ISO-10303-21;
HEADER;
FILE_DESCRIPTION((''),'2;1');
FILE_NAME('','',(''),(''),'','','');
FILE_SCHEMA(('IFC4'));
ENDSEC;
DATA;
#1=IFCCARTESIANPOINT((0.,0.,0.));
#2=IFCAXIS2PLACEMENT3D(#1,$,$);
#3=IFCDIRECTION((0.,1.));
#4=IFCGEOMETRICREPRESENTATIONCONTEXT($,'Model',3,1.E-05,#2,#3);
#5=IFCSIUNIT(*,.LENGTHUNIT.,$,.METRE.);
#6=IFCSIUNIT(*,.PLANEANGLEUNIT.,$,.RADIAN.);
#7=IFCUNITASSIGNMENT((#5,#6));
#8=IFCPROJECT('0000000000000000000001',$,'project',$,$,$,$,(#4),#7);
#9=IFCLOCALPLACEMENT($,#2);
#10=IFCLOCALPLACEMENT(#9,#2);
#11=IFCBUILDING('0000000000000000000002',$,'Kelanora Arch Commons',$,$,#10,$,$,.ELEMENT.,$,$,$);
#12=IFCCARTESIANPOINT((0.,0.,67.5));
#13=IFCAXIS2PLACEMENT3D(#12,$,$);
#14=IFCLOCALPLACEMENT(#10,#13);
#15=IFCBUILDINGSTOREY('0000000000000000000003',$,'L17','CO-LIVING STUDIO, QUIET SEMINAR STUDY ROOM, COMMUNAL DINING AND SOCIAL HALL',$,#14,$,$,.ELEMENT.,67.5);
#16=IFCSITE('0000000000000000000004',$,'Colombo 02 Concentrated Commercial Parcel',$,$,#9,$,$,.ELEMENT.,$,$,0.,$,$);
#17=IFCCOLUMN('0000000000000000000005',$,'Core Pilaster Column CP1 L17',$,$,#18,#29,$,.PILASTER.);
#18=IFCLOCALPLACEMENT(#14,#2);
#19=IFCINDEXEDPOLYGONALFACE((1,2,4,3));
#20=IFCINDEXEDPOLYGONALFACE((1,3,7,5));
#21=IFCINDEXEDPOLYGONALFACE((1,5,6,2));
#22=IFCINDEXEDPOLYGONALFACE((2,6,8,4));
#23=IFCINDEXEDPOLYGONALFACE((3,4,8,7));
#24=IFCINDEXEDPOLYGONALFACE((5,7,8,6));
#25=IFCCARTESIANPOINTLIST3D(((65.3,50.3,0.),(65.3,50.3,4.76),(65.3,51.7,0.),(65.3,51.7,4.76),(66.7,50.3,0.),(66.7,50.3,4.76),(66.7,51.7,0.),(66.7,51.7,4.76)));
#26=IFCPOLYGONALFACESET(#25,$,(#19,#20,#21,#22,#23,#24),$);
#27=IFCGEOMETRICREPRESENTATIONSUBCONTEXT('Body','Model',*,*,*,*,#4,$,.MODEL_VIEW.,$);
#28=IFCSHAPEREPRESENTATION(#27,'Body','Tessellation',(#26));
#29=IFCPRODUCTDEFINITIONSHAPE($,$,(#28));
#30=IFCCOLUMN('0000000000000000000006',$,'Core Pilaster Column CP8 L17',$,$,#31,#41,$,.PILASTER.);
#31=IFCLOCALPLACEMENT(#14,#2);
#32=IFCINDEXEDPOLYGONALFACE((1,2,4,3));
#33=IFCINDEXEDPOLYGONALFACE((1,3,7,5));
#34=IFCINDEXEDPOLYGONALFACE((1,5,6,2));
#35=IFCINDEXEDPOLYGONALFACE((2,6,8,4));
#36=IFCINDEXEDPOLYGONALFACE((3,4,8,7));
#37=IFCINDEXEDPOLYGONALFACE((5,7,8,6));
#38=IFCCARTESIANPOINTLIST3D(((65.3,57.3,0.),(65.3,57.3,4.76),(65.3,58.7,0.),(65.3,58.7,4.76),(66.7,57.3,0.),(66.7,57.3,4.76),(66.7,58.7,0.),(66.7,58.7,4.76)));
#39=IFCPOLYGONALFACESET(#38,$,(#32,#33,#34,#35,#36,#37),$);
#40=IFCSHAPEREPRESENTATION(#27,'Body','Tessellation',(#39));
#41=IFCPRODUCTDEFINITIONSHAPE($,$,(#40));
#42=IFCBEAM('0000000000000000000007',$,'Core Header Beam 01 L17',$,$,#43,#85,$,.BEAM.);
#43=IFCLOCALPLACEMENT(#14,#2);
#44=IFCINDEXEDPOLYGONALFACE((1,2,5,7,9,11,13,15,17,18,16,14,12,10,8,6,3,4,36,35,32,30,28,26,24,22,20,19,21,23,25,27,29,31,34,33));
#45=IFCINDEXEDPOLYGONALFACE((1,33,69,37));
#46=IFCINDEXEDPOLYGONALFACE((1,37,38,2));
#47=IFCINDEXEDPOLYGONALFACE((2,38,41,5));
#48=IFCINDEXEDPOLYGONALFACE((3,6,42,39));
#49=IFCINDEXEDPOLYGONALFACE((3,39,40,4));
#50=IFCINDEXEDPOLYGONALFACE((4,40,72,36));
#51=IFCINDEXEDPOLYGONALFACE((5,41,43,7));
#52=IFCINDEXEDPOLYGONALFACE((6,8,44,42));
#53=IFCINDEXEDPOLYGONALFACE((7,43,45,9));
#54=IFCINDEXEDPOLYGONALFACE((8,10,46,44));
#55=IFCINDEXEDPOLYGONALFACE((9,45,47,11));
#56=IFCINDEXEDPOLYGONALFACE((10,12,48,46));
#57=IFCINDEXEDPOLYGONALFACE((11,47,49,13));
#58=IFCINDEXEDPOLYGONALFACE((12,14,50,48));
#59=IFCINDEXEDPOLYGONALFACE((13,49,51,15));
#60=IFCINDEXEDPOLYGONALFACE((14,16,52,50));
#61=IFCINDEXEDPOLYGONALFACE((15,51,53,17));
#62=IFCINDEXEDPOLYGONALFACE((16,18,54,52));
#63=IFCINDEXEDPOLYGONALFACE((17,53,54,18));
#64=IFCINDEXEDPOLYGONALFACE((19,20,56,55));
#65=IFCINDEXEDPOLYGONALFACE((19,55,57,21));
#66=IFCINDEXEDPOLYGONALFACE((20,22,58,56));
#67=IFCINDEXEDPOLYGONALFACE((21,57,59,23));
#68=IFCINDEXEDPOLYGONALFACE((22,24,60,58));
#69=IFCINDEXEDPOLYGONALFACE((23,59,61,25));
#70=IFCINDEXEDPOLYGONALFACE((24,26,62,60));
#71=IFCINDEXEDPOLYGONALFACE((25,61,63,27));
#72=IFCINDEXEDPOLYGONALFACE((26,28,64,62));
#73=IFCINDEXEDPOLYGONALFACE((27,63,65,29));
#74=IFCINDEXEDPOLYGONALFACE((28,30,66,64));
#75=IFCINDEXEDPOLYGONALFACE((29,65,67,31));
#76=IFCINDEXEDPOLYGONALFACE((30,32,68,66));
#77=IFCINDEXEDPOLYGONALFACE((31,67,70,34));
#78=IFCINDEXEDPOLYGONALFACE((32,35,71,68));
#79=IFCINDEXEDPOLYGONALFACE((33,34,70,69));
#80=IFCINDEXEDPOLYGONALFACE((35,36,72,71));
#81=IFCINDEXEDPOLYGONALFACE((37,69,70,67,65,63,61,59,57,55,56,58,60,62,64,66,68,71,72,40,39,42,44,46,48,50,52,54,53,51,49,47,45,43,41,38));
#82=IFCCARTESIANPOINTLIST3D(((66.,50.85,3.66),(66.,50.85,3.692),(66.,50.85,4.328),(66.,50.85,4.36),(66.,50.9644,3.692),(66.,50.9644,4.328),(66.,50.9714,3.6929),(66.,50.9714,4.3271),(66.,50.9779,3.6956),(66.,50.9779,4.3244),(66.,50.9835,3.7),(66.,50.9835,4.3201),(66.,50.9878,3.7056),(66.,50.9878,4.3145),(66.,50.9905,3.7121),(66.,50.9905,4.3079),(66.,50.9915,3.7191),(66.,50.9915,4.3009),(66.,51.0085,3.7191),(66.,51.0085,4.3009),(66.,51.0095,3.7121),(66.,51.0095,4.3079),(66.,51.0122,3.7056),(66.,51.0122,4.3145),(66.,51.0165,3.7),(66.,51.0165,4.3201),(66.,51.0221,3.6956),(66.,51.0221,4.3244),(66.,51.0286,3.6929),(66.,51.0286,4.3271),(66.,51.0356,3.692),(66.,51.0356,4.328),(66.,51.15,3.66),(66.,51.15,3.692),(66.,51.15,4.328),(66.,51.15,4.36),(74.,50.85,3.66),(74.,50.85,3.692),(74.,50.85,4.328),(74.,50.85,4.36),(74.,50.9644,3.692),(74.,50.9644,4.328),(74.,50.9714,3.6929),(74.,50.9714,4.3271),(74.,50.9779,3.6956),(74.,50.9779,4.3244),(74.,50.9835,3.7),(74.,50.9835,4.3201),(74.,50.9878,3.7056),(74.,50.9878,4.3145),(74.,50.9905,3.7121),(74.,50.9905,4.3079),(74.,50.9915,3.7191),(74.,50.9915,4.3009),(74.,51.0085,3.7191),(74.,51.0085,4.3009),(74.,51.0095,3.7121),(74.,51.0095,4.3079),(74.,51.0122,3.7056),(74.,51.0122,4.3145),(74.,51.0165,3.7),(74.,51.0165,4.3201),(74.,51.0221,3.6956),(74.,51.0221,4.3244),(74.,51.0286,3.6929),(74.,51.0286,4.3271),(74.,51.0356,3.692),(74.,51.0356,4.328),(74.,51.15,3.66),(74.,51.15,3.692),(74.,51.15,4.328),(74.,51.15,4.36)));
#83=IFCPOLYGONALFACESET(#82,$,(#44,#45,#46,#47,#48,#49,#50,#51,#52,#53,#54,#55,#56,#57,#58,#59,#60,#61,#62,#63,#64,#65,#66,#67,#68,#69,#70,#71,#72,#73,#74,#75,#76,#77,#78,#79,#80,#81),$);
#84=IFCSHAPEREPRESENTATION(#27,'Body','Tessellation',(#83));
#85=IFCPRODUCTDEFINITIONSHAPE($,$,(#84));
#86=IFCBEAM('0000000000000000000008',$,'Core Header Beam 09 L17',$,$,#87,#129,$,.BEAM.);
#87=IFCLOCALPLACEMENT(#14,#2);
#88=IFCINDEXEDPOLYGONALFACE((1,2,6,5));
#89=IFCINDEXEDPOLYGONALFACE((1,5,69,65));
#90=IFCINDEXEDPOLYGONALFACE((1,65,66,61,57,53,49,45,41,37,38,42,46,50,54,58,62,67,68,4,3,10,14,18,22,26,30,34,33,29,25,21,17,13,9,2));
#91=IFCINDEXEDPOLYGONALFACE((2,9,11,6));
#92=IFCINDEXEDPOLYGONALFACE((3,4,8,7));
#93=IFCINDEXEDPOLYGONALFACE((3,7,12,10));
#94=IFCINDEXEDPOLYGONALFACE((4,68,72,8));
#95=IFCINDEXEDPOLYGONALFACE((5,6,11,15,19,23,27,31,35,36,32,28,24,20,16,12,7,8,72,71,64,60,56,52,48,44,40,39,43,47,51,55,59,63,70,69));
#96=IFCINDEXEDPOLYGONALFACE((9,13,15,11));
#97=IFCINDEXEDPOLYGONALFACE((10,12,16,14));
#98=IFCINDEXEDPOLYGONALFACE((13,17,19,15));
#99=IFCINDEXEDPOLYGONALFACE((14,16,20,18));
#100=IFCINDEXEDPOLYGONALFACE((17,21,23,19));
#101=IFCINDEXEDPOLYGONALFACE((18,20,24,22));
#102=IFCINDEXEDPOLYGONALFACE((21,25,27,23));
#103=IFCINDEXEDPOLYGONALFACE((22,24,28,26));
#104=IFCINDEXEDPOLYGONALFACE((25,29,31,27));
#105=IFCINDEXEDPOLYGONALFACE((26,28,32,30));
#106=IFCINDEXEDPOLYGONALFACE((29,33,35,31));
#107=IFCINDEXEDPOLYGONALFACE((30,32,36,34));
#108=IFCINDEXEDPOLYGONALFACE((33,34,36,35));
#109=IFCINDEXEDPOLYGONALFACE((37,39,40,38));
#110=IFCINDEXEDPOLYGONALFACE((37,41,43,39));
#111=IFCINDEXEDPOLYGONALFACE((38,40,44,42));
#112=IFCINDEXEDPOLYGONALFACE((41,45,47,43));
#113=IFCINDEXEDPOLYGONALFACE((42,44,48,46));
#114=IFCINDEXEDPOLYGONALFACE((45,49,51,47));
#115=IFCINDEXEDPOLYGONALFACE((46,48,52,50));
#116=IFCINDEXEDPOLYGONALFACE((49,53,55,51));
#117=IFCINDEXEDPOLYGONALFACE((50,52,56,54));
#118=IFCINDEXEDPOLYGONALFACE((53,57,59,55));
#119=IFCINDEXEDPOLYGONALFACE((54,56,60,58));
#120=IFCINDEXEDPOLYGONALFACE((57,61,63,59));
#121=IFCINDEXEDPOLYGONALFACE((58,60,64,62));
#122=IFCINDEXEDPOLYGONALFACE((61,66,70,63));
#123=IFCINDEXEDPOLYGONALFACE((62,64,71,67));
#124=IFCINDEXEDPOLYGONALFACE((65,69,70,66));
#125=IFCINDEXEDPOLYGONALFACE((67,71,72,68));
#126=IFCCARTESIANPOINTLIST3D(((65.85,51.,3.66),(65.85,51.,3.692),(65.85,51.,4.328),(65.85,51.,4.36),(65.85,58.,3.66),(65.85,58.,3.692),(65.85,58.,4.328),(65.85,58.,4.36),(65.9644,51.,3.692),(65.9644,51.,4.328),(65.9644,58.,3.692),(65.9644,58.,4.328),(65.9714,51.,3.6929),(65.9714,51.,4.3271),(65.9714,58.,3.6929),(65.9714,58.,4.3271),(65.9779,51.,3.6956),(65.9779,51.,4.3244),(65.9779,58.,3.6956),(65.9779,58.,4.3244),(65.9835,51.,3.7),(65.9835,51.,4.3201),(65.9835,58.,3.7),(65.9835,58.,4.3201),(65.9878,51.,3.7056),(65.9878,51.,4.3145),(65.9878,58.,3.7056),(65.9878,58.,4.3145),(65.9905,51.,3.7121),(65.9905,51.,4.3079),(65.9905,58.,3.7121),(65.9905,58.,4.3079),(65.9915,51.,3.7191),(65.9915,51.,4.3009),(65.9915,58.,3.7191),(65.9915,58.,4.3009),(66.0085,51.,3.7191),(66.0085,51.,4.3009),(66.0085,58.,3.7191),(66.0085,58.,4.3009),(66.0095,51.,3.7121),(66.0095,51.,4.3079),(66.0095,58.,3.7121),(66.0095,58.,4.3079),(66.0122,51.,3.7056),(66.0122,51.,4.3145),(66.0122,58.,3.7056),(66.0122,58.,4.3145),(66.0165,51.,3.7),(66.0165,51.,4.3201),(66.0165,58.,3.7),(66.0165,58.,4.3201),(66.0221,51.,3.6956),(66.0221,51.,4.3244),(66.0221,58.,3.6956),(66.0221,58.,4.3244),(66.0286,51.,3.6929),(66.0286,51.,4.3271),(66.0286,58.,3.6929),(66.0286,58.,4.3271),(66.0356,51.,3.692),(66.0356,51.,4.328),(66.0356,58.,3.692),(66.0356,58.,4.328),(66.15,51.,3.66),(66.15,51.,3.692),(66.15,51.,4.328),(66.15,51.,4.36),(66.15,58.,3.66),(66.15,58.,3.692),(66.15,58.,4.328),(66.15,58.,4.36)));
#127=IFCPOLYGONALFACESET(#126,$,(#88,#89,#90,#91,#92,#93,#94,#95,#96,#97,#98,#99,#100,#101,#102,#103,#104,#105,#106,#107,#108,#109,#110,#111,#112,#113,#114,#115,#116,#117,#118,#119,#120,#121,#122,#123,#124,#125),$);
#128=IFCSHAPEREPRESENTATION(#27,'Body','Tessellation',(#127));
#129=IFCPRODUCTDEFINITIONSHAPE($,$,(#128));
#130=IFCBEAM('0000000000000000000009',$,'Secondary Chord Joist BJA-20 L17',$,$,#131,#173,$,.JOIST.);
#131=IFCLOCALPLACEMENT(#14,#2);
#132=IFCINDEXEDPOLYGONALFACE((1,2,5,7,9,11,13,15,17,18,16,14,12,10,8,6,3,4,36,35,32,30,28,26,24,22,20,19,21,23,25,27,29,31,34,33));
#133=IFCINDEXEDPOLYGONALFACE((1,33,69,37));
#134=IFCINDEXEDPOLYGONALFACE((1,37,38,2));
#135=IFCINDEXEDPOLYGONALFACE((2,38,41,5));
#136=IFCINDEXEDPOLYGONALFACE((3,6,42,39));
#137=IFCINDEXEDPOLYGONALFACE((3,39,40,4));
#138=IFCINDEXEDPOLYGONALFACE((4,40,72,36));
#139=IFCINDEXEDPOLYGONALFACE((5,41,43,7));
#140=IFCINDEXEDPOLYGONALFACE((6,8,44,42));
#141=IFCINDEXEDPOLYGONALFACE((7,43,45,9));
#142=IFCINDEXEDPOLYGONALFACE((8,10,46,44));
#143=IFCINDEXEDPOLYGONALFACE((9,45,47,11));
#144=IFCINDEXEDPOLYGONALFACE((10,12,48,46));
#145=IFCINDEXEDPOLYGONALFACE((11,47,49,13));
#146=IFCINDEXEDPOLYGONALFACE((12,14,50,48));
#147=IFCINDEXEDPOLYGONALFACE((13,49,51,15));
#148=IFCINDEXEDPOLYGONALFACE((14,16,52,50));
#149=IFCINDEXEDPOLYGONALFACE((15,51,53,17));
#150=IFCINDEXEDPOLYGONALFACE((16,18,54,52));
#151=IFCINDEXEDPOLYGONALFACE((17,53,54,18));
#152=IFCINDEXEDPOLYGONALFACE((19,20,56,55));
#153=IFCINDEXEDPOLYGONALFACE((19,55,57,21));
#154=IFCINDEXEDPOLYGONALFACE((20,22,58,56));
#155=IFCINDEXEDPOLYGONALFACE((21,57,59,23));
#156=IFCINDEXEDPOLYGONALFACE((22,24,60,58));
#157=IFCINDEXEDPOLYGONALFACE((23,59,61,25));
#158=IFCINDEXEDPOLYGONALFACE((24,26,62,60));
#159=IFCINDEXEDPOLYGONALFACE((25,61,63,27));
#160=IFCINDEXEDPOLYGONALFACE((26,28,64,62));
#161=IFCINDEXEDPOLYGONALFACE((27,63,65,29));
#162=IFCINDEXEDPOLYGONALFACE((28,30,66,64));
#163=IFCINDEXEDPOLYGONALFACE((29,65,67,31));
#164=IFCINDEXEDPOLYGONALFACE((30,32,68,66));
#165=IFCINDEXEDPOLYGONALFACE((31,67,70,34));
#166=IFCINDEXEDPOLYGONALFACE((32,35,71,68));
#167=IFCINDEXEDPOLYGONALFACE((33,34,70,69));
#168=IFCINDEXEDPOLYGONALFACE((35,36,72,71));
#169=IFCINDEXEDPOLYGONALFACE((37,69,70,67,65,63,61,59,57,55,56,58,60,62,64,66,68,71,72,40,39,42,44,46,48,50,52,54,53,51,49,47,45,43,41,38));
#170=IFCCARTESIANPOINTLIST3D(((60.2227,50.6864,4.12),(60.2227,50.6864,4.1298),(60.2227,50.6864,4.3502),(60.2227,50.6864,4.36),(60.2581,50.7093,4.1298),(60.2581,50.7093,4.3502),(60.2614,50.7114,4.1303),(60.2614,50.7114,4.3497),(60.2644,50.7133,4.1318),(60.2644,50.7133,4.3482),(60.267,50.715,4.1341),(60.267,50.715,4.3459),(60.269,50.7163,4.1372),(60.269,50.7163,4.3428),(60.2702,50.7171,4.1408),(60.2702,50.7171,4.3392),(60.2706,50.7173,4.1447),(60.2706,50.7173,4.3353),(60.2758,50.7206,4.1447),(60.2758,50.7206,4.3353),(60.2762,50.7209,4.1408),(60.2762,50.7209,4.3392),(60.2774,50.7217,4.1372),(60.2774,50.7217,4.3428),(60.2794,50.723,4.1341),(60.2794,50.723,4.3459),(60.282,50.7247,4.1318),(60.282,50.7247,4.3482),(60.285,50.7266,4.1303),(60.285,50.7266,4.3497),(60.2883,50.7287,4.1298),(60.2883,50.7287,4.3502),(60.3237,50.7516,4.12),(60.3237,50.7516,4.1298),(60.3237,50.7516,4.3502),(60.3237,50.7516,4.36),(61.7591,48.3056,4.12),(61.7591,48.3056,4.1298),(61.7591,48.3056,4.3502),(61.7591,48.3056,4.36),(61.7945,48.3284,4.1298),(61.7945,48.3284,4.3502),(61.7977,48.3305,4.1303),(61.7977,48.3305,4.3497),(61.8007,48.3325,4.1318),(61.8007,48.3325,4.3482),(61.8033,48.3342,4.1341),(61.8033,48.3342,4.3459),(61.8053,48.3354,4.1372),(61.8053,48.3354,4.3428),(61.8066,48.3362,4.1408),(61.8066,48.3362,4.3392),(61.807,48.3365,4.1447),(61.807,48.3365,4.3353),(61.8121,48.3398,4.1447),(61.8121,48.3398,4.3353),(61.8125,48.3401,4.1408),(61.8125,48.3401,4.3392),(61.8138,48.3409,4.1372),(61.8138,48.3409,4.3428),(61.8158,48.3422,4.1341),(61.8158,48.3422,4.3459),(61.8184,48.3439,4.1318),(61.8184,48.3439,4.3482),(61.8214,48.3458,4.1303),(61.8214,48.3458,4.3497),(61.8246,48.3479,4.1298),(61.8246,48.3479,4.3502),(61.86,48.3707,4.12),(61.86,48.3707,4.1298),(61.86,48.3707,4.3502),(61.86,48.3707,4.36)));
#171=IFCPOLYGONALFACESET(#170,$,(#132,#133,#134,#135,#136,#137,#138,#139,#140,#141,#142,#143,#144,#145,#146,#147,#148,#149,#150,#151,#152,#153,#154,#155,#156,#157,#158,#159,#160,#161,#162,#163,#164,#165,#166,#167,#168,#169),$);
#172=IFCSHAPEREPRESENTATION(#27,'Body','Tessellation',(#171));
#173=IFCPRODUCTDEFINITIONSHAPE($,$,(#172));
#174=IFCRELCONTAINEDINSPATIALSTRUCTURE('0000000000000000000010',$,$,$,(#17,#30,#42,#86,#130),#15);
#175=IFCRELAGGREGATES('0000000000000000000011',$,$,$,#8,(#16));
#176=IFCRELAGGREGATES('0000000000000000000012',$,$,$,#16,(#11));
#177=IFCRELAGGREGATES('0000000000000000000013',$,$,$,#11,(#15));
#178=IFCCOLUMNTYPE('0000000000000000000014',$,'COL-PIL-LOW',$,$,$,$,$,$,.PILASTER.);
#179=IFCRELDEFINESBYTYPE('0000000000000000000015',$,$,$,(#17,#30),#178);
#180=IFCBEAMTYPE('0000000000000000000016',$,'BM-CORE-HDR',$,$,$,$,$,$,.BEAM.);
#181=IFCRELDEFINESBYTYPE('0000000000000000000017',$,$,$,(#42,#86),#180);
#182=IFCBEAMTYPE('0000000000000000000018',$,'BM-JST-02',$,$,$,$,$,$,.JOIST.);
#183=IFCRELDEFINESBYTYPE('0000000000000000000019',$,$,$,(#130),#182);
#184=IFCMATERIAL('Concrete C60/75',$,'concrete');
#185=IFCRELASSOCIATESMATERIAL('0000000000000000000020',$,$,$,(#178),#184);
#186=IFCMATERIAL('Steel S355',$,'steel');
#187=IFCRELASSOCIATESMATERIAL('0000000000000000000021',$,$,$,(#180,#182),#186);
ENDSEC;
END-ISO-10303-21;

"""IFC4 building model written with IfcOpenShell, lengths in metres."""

from ifc_helpers import new_model, si_unit, direction, frame, origin, origin_2d, place, context, subcontext, project, spatial, rectangle, i_section, extrude, material, material_profile, profile_set, type_object, element, save


model = new_model("IFC4")

# Units and contexts
model_context = context("Model", 3, precision=1e-05, world=origin(), true_north=direction((0.0, 1.0)))
body_context = subcontext(model_context, "Body", "Model", "MODEL_VIEW")
ifc_project = project(units=[si_unit("LENGTHUNIT", "METRE"), si_unit("PLANEANGLEUNIT", "RADIAN")], contexts=[model_context])

# Site, building, storey
site_placement = place(None, origin())
site = spatial("IfcSite", under=ifc_project, at=site_placement, Name="Colombo 02 Concentrated Commercial Parcel", CompositionType="ELEMENT", RefElevation=0.0)
building_placement = place(site_placement, origin())
building = spatial("IfcBuilding", under=site, at=building_placement, Name="Kelanora Arch Commons", CompositionType="ELEMENT")
storey_placement = place(building_placement, frame((0.0, 0.0, 67.5)))
storey = spatial("IfcBuildingStorey", under=building, at=storey_placement, Name="L17", Description="CO-LIVING STUDIO, QUIET SEMINAR STUDY ROOM, COMMUNAL DINING AND SOCIAL HALL", CompositionType="ELEMENT", Elevation=67.5)

# Columns
ifc_material_1 = material(Name="Concrete C60/75", Category="concrete")
ifc_material_profile_1 = material_profile(ifc_material_1, rectangle(XDim=1.3999, YDim=1.3999, at=origin_2d()), Name="RC1400x1400")
ifc_profile_set_1 = profile_set([ifc_material_profile_1], Name="Concrete C60/75")
column_type = type_object("IfcColumnType", Name="COL-PIL-LOW", PredefinedType="PILASTER", material=ifc_profile_set_1)
for number, where, z_axis, x_axis, name in (
    (1, (66.0, 51.0, 0.0), (0.0, 0.0, 1.0), (1.0, 0.0, 0.0), "Core Pilaster Column CP1 L17"),
    (2, (66.0, 58.0, 0.0), (0.0, 0.0, 1.0), (1.0, 0.0, 0.0), "Core Pilaster Column CP8 L17"),
):
    element("IfcColumn", number, at=place(storey_placement, frame(where, z_axis=z_axis, x_axis=x_axis)), inside=storey, type_object=column_type, Name=name, PredefinedType="PILASTER", context=body_context, shape_type="SweptSolid", body=[
        extrude(rectangle(XDim=1.3999, YDim=1.3999, at=origin_2d()), origin(), (0.0, 0.0, 1.0), 4.76),
    ])

# Beams
ifc_material_2 = material(Name="Steel S355", Category="steel")
ifc_material_profile_2 = material_profile(ifc_material_2, i_section(OverallWidth=0.3, OverallDepth=0.7, WebThickness=0.0171, FlangeThickness=0.032, FilletRadius=0.0271, at=origin_2d()), Name="HEB700")
ifc_profile_set_2 = profile_set([ifc_material_profile_2], Name="Steel S355")
beam_type_1 = type_object("IfcBeamType", Name="BM-CORE-HDR", PredefinedType="BEAM", material=ifc_profile_set_2)
beam_1_placement = place(storey_placement, frame((66.0, 51.0, 4.01), z_axis=(1.0, 0.0, 0.0), x_axis=(0.0, 1.0, 0.0)))
element("IfcBeam", 3, at=beam_1_placement, inside=storey, type_object=beam_type_1, Name="Core Header Beam 01 L17", PredefinedType="BEAM", context=body_context, shape_type="SweptSolid", body=[
    extrude(i_section(OverallWidth=0.3, OverallDepth=0.7, WebThickness=0.0171, FlangeThickness=0.032, FilletRadius=0.0271, at=origin_2d()), origin(), (0.0, 0.0, 1.0), 8.0),
])
beam_2_placement = place(storey_placement, frame((66.0, 58.0, 4.01), z_axis=(0.0, -1.0, 0.0), x_axis=(1.0, 0.0, 0.0)))
element("IfcBeam", 4, at=beam_2_placement, inside=storey, type_object=beam_type_1, Name="Core Header Beam 09 L17", PredefinedType="BEAM", context=body_context, shape_type="SweptSolid", body=[
    extrude(i_section(OverallWidth=0.3, OverallDepth=0.7, WebThickness=0.0171, FlangeThickness=0.032, FilletRadius=0.0271, at=origin_2d()), origin(), (0.0, 0.0, 1.0), 7.0),
])
ifc_material_profile_3 = material_profile(ifc_material_2, i_section(OverallWidth=0.1201, OverallDepth=0.24, WebThickness=0.0061, FlangeThickness=0.0098, FilletRadius=0.0149, at=origin_2d()), Name="IPE240")
ifc_profile_set_3 = profile_set([ifc_material_profile_3], Name="Steel S355")
beam_type_2 = type_object("IfcBeamType", Name="BM-JST-02", PredefinedType="JOIST", material=ifc_profile_set_3)
beam_3_placement = place(storey_placement, frame((60.2732, 50.719, 4.24), z_axis=(0.542211, -0.840242, 0.0), x_axis=(0.840242, 0.542211, 0.0)))
element("IfcBeam", 5, at=beam_3_placement, inside=storey, type_object=beam_type_2, Name="Secondary Chord Joist BJA-20 L17", PredefinedType="JOIST", context=body_context, shape_type="SweptSolid", body=[
    extrude(i_section(OverallWidth=0.1201, OverallDepth=0.24, WebThickness=0.0061, FlangeThickness=0.0098, FilletRadius=0.0149, at=origin_2d()), origin(), (0.0, 0.0, 1.0), 2.8335),
])

save(model, "model.ifc")
